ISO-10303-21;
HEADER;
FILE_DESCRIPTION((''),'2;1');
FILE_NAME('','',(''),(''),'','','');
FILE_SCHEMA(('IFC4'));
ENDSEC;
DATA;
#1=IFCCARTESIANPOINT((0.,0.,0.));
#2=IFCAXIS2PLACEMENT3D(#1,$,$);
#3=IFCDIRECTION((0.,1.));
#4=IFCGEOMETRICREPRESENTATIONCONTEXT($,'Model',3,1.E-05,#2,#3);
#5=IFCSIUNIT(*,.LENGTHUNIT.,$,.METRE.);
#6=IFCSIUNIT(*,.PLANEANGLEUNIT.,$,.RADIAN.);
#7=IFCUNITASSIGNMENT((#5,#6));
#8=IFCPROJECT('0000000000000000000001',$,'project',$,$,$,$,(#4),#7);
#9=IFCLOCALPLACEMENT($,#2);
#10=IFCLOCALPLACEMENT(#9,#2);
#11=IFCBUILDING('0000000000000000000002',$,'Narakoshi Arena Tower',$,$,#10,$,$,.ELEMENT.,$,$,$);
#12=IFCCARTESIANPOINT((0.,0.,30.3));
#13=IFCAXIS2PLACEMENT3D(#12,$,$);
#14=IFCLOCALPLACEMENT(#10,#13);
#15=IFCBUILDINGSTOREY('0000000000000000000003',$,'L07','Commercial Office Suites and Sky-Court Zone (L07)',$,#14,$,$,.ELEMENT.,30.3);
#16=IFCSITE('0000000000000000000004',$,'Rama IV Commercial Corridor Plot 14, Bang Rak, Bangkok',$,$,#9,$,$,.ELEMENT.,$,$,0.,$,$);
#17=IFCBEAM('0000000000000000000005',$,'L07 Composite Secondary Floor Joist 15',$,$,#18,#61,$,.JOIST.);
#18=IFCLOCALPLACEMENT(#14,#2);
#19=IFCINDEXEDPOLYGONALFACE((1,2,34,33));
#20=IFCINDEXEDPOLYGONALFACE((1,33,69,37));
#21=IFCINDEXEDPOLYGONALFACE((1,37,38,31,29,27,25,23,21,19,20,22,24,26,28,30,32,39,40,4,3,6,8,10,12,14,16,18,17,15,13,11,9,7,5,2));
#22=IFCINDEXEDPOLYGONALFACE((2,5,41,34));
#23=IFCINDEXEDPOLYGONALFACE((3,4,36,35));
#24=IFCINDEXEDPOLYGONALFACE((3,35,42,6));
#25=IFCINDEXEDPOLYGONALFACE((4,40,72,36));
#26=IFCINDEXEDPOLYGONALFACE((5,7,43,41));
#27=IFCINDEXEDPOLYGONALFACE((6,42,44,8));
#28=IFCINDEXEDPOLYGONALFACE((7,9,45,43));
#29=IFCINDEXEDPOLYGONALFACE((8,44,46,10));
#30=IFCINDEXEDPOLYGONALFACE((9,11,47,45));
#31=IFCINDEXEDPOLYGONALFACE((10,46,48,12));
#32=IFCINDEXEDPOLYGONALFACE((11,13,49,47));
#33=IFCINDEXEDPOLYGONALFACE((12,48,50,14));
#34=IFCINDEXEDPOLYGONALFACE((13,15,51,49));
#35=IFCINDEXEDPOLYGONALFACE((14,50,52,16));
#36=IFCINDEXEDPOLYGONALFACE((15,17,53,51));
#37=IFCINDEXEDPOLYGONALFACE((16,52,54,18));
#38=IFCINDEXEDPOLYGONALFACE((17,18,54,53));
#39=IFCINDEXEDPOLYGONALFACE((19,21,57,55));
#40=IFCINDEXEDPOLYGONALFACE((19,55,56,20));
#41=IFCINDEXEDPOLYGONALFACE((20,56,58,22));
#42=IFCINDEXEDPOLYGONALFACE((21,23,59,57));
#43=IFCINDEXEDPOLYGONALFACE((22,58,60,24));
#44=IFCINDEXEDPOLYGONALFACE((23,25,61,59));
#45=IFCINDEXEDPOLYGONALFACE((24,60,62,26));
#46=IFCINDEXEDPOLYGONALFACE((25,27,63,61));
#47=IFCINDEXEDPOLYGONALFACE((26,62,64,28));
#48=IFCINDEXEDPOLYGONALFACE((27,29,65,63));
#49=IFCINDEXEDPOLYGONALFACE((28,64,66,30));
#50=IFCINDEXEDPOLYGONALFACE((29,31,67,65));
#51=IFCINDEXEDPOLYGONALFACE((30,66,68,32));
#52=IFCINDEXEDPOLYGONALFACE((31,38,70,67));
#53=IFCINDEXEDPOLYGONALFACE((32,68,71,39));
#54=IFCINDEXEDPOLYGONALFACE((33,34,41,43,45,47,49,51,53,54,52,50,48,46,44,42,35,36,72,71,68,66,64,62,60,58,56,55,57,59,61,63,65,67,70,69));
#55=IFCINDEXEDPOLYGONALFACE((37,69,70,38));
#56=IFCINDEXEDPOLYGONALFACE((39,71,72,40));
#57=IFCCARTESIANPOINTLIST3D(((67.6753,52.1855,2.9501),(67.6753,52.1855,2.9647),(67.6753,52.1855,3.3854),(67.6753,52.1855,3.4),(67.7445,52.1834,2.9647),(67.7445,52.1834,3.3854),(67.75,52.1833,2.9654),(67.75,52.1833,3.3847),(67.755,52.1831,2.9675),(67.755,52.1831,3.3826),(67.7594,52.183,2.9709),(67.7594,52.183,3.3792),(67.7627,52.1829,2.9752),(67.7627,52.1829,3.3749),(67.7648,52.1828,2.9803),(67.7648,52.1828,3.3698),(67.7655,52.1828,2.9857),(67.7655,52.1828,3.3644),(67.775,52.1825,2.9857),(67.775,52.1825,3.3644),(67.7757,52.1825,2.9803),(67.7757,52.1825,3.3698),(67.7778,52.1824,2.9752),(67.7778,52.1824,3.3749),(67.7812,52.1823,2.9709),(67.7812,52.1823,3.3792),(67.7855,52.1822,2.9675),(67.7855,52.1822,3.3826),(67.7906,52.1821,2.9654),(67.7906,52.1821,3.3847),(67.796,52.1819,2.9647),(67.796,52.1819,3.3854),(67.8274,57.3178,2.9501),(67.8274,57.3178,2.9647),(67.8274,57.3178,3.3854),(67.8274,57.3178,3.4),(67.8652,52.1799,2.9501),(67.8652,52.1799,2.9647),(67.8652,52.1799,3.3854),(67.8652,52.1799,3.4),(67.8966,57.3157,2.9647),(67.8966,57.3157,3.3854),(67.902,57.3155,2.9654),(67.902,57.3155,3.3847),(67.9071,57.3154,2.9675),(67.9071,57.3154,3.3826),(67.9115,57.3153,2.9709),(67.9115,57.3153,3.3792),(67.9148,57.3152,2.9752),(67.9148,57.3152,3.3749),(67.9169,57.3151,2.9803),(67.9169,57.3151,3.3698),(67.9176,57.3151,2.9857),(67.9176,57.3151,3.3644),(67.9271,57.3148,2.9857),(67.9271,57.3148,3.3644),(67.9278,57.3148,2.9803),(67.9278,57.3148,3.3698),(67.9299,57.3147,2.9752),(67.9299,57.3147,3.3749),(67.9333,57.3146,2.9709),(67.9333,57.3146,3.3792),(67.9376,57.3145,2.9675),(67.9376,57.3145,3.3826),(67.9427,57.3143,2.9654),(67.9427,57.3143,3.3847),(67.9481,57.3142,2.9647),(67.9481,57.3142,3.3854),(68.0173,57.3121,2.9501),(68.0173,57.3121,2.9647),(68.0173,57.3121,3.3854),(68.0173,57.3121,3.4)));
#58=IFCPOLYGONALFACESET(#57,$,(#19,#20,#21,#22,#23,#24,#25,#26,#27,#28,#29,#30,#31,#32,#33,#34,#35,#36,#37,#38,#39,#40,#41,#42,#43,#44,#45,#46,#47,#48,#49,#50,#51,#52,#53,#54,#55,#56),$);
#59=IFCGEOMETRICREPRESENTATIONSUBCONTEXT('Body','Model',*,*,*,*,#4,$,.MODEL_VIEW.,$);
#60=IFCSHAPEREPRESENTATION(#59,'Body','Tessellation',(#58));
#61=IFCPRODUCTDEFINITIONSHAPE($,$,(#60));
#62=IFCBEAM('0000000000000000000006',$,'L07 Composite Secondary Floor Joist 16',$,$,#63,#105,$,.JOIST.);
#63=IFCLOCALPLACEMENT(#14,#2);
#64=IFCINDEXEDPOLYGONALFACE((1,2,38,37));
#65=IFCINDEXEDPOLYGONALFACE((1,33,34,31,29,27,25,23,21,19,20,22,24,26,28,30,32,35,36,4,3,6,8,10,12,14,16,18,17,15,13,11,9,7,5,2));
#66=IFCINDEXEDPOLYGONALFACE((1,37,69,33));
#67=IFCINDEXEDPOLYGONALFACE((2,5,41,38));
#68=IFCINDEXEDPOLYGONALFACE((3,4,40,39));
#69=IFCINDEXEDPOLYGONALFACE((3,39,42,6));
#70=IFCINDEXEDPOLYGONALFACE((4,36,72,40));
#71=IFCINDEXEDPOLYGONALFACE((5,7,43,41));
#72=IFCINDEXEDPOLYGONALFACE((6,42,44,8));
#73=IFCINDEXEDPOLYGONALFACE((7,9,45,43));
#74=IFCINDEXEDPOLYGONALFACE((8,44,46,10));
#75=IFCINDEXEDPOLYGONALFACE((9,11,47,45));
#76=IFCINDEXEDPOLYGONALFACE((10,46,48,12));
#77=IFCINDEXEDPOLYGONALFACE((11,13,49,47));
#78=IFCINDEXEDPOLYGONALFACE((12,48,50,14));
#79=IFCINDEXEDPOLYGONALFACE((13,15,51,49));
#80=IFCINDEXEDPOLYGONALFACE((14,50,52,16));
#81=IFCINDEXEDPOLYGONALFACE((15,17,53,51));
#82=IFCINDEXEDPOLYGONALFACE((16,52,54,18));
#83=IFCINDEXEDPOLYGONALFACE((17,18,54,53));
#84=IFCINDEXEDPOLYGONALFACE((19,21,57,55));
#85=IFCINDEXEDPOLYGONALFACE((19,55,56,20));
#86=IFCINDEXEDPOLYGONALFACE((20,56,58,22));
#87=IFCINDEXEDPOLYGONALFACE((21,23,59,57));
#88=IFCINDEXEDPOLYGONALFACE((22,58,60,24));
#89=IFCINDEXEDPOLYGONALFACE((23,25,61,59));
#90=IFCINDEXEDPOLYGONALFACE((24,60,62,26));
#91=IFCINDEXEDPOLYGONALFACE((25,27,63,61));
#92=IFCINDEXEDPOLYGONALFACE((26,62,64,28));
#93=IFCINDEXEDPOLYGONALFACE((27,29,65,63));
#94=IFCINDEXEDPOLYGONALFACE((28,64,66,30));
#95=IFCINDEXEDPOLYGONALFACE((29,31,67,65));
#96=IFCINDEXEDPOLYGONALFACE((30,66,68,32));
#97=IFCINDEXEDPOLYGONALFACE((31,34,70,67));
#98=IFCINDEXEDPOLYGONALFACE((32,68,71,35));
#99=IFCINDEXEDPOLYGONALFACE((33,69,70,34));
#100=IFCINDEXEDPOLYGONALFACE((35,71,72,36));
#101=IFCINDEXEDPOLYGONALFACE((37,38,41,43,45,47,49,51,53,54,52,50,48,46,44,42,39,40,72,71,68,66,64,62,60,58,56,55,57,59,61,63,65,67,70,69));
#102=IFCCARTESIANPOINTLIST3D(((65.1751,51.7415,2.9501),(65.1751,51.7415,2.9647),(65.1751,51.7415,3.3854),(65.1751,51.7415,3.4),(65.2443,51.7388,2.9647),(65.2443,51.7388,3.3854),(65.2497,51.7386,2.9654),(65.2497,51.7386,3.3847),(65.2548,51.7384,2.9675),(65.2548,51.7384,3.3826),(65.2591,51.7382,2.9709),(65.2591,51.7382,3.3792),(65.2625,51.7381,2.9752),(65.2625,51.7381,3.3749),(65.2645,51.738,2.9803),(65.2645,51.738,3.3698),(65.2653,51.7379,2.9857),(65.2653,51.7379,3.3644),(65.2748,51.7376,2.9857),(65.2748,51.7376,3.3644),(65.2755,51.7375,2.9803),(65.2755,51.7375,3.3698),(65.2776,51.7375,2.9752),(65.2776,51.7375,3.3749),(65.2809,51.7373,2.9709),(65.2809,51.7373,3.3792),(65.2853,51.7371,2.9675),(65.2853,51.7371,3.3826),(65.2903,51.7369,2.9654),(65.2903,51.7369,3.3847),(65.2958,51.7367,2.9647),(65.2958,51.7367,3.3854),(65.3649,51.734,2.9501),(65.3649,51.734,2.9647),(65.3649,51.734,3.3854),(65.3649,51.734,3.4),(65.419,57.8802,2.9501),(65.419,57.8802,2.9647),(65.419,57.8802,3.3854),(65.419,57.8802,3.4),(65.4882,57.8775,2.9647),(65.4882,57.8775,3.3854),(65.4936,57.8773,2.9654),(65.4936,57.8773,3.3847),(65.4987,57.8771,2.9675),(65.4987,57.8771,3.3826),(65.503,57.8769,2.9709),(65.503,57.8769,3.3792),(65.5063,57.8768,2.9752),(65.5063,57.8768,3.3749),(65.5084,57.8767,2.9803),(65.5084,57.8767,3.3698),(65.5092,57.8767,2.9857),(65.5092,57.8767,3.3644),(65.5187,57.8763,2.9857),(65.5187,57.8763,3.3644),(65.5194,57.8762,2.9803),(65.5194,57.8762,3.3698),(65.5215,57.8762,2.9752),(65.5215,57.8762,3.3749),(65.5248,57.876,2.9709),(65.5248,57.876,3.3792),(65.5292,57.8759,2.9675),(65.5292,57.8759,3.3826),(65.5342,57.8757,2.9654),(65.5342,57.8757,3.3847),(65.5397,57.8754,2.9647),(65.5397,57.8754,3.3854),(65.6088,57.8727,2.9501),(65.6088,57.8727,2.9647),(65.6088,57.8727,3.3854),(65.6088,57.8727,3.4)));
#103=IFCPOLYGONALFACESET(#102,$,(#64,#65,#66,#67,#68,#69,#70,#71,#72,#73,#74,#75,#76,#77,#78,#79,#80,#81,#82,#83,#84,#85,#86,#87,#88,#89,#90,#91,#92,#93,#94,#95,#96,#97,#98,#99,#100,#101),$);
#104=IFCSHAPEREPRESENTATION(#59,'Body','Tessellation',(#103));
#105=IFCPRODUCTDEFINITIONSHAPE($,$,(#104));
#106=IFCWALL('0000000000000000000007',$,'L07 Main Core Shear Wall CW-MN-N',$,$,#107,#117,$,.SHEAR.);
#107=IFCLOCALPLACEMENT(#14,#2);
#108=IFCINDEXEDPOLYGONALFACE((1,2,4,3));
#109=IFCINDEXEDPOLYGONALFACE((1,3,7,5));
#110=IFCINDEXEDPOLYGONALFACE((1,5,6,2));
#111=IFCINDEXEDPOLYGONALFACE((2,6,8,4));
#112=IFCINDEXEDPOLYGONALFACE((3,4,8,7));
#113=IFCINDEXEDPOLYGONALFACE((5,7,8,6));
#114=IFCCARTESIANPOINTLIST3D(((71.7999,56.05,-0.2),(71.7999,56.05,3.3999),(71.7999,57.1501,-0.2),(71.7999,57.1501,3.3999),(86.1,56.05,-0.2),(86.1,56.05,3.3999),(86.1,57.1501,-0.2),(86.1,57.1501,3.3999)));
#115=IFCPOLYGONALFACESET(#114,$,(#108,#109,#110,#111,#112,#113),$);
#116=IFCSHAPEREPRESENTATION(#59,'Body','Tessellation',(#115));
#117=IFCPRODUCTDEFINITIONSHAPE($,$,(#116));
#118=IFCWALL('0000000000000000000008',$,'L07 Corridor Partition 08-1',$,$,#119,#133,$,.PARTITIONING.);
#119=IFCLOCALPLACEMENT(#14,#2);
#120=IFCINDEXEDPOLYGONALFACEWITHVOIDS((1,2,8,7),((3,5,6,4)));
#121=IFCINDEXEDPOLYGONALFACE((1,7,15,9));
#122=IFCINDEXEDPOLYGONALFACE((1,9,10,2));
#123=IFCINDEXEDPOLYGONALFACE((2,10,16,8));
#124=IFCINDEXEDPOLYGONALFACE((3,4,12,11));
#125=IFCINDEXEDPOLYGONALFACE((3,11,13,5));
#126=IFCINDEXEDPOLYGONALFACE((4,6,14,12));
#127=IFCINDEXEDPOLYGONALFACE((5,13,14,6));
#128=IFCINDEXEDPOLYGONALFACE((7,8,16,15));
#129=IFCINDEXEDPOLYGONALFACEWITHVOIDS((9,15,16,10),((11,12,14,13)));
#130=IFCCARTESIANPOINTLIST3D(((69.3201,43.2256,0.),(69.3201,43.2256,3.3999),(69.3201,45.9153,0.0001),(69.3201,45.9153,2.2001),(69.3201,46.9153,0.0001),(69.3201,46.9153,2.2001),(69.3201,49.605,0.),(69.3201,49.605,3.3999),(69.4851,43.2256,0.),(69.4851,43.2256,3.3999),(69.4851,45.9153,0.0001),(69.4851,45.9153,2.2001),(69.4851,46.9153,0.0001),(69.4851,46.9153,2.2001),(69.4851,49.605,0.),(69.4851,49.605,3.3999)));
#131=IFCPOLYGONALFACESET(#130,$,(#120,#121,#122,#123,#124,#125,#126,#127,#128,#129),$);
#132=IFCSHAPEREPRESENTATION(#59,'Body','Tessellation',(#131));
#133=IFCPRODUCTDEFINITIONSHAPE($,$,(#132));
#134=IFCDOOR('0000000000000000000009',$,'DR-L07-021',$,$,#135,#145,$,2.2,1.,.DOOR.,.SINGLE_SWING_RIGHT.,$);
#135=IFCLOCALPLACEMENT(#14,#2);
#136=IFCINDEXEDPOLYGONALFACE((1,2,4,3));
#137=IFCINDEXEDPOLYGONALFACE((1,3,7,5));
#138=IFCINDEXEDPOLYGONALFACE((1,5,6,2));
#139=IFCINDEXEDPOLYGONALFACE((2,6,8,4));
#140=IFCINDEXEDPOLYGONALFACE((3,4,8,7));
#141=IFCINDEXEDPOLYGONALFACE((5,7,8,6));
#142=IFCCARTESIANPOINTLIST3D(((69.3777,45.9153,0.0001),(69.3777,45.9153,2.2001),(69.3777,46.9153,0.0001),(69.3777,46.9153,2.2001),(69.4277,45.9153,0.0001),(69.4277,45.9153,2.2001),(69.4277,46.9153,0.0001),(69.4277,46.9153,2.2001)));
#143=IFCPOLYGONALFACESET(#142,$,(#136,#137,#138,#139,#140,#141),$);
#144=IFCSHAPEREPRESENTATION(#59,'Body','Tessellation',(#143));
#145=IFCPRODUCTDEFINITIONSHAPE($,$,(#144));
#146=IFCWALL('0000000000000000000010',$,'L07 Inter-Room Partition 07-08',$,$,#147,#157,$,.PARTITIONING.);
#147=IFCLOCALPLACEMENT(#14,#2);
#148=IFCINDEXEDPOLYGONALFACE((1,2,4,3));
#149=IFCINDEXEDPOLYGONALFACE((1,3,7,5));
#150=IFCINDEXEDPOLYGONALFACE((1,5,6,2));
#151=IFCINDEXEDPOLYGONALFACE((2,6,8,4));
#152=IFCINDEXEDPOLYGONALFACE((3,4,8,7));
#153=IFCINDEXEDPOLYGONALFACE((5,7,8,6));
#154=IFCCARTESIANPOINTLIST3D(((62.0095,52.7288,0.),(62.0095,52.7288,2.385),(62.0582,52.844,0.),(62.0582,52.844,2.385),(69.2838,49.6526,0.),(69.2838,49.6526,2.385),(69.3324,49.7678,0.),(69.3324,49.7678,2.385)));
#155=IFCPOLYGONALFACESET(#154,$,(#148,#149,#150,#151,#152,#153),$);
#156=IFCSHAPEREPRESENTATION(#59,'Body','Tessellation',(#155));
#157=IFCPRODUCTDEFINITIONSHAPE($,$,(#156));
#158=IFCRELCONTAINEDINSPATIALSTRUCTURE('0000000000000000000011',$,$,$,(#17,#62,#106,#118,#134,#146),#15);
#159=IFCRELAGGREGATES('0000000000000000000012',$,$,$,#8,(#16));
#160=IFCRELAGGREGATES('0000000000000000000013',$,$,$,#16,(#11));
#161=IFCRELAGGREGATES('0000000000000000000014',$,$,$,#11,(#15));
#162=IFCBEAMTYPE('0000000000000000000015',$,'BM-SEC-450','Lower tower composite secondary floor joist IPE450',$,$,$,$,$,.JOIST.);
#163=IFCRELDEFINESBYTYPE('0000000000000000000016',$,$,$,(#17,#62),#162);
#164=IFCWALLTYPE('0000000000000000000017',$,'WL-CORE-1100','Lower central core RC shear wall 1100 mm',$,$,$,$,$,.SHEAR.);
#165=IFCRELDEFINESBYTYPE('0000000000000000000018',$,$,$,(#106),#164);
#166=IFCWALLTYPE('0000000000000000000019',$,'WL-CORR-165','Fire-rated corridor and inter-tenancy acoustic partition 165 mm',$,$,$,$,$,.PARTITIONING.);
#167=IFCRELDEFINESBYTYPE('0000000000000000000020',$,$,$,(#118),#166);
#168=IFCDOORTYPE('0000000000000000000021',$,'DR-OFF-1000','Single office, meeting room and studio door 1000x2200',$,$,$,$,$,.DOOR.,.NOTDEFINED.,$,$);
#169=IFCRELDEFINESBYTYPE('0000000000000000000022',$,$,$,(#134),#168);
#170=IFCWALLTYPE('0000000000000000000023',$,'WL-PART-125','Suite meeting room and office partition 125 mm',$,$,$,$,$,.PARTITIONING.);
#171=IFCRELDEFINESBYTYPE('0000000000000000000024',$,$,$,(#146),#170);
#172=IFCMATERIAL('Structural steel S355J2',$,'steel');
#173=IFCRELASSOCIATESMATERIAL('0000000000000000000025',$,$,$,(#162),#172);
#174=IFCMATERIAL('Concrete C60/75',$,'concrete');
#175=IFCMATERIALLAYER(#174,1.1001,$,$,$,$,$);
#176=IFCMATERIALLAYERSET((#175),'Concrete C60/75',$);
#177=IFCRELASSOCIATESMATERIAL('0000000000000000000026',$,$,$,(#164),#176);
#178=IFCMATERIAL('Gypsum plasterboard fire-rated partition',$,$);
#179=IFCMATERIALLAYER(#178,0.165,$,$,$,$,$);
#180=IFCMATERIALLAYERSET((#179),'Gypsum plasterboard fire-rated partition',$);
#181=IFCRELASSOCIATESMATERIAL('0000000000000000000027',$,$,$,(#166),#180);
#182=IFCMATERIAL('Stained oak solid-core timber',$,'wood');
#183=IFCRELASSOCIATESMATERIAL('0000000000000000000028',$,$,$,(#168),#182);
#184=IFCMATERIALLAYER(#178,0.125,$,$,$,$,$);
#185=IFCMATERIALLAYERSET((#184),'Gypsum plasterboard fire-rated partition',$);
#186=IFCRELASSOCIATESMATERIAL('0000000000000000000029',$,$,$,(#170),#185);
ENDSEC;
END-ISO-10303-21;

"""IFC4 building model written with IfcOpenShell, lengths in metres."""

from ifc_helpers import new_model, si_unit, direction, frame, frame_2d, origin, origin_2d, place, context, subcontext, project, spatial, rectangle, i_section, extrude, material, layer, layer_set, material_profile, profile_set, type_object, element, fill, save


model = new_model("IFC4")

# Units and contexts
model_context = context("Model", 3, precision=1e-05, world=origin(), true_north=direction((0.0, 1.0)))
body_context = subcontext(model_context, "Body", "Model", "MODEL_VIEW")
ifc_project = project(units=[si_unit("LENGTHUNIT", "METRE"), si_unit("PLANEANGLEUNIT", "RADIAN")], contexts=[model_context])

# Site, building, storey
site_placement = place(None, origin())
site = spatial("IfcSite", under=ifc_project, at=site_placement, Name="Rama IV Commercial Corridor Plot 14, Bang Rak, Bangkok", CompositionType="ELEMENT", RefElevation=0.0)
building_placement = place(site_placement, origin())
building = spatial("IfcBuilding", under=site, at=building_placement, Name="Narakoshi Arena Tower", CompositionType="ELEMENT")
storey_placement = place(building_placement, frame((0.0, 0.0, 30.3)))
storey = spatial("IfcBuildingStorey", under=building, at=storey_placement, Name="L07", Description="Commercial Office Suites and Sky-Court Zone (L07)", CompositionType="ELEMENT", Elevation=30.3)

# Shared definitions
ifc_material_1 = material(Name="Concrete C60/75", Category="concrete")

# Beams
ifc_material_2 = material(Name="Structural steel S355J2", Category="steel")
ifc_material_profile_1 = material_profile(ifc_material_2, i_section(OverallWidth=0.1899, OverallDepth=0.45, WebThickness=0.0095, FlangeThickness=0.0146, FilletRadius=0.021, at=origin_2d()), Name="IPE450")
ifc_profile_set_1 = profile_set([ifc_material_profile_1], Name="Structural steel S355J2")
beam_type_1 = type_object("IfcBeamType", Name="BM-SEC-450", Description="Lower tower composite secondary floor joist IPE450", PredefinedType="JOIST", material=ifc_profile_set_1)
beam_1_placement = place(storey_placement, frame((67.9224, 57.3149, 3.175), z_axis=(-0.029623, -0.999561, 0.0), x_axis=(0.999561, -0.029623, 0.0)))
element("IfcBeam", 1, at=beam_1_placement, inside=storey, type_object=beam_type_1, Name="L07 Composite Secondary Floor Joist 15", PredefinedType="JOIST", context=body_context, shape_type="SweptSolid", body=[
    extrude(i_section(OverallWidth=0.1899, OverallDepth=0.45, WebThickness=0.0095, FlangeThickness=0.0146, FilletRadius=0.021, at=origin_2d()), origin(), (0.0, 0.0, 1.0), 5.1345),
])
beam_2_placement = place(storey_placement, frame((65.5139, 57.8765, 3.175), z_axis=(-0.0397, -0.999212, 0.0), x_axis=(0.999212, -0.0397, 0.0)))
element("IfcBeam", 2, at=beam_2_placement, inside=storey, type_object=beam_type_1, Name="L07 Composite Secondary Floor Joist 16", PredefinedType="JOIST", context=body_context, shape_type="SweptSolid", body=[
    extrude(i_section(OverallWidth=0.1899, OverallDepth=0.45, WebThickness=0.0095, FlangeThickness=0.0146, FilletRadius=0.021, at=origin_2d()), origin(), (0.0, 0.0, 1.0), 6.1436),
])

# Wall
ifc_layer_1 = layer(ifc_material_1, 1.1001)
ifc_layer_set_1 = layer_set([ifc_layer_1], Name="Concrete C60/75")
wall_type_1 = type_object("IfcWallType", Name="WL-CORE-1100", Description="Lower central core RC shear wall 1100 mm", PredefinedType="SHEAR", material=ifc_layer_set_1)
wall_1_placement = place(storey_placement, frame((71.8, 56.6001, -0.2), z_axis=(0.0, 0.0, 1.0), x_axis=(1.0, 0.0, 0.0)))
element("IfcWall", 3, at=wall_1_placement, inside=storey, type_object=wall_type_1, Name="L07 Main Core Shear Wall CW-MN-N", PredefinedType="SHEAR", context=body_context, shape_type="SweptSolid", body=[
    extrude(rectangle(XDim=14.3, YDim=1.1001, at=frame_2d((7.1499, 0.0))), origin(), (0.0, 0.0, 1.0), 3.5999),
])

# Wall, opening, door
ifc_material_3 = material(Name="Gypsum plasterboard fire-rated partition")
ifc_layer_2 = layer(ifc_material_3, 0.165)
ifc_layer_set_2 = layer_set([ifc_layer_2], Name="Gypsum plasterboard fire-rated partition")
wall_type_2 = type_object("IfcWallType", Name="WL-CORR-165", Description="Fire-rated corridor and inter-tenancy acoustic partition 165 mm", PredefinedType="PARTITIONING", material=ifc_layer_set_2)
wall_2_placement = place(storey_placement, frame((69.4026, 49.605, 0.0), z_axis=(0.0, 0.0, 1.0), x_axis=(0.0, -1.0, 0.0)))
wall_2 = element("IfcWall", 4, at=wall_2_placement, inside=storey, type_object=wall_type_2, Name="L07 Corridor Partition 08-1", PredefinedType="PARTITIONING", context=body_context, shape_type="SweptSolid", body=[
    extrude(rectangle(XDim=6.3794, YDim=0.165, at=frame_2d((3.1897, 0.0))), origin(), (0.0, 0.0, 1.0), 3.3999),
])
opening_1_placement = place(wall_2_placement, frame((2.6897, 0.0, 0.0)))
opening_1 = element("IfcOpeningElement", 5, at=opening_1_placement, cuts=wall_2, PredefinedType="OPENING", context=body_context, shape_type="SweptSolid", body=[
    extrude(rectangle(XDim=1.0, YDim=2.2, at=frame_2d((0.5, 1.1001))), frame((0.0, 0.0925, 0.0), z_axis=(0.0, -1.0, 0.0), x_axis=(1.0, 0.0, 0.0)), (0.0, 0.0, 1.0), 0.1851),
])
ifc_material_4 = material(Name="Stained oak solid-core timber", Category="wood")
door_type = type_object("IfcDoorType", Name="DR-OFF-1000", Description="Single office, meeting room and studio door 1000x2200", OperationType="NOTDEFINED", PredefinedType="DOOR", material=ifc_material_4)
door_placement = place(opening_1_placement, frame((1.0, 0.0, 0.0), z_axis=(0.0, 0.0, 1.0), x_axis=(-1.0, 0.0, 0.0)))
door = element("IfcDoor", 6, at=door_placement, inside=storey, type_object=door_type, Name="DR-L07-021", OperationType="SINGLE_SWING_RIGHT", OverallHeight=2.2, OverallWidth=1.0, PredefinedType="DOOR", context=body_context, shape_type="SweptSolid", body=[
    extrude(rectangle(XDim=1.0, YDim=2.2, at=frame_2d((0.5, 1.1001))), frame((0.0, 0.0249, 0.0), z_axis=(0.0, -1.0, 0.0), x_axis=(1.0, 0.0, 0.0)), (0.0, 0.0, 1.0), 0.05),
])
fill(opening_1, door)

# Wall
ifc_layer_3 = layer(ifc_material_3, 0.125)
ifc_layer_set_3 = layer_set([ifc_layer_3], Name="Gypsum plasterboard fire-rated partition")
wall_type_3 = type_object("IfcWallType", Name="WL-PART-125", Description="Suite meeting room and office partition 125 mm", PredefinedType="PARTITIONING", material=ifc_layer_set_3)
wall_3_placement = place(storey_placement, frame((69.3081, 49.7102, 0.0), z_axis=(0.0, 0.0, 1.0), x_axis=(-0.921029, 0.389494, 0.0)))
element("IfcWall", 7, at=wall_3_placement, inside=storey, type_object=wall_type_3, Name="L07 Inter-Room Partition 07-08", PredefinedType="PARTITIONING", context=body_context, shape_type="SweptSolid", body=[
    extrude(rectangle(XDim=7.8979, YDim=0.125, at=frame_2d((3.949, 0.0))), origin(), (0.0, 0.0, 1.0), 2.385),
])

save(model, "model.ifc")
